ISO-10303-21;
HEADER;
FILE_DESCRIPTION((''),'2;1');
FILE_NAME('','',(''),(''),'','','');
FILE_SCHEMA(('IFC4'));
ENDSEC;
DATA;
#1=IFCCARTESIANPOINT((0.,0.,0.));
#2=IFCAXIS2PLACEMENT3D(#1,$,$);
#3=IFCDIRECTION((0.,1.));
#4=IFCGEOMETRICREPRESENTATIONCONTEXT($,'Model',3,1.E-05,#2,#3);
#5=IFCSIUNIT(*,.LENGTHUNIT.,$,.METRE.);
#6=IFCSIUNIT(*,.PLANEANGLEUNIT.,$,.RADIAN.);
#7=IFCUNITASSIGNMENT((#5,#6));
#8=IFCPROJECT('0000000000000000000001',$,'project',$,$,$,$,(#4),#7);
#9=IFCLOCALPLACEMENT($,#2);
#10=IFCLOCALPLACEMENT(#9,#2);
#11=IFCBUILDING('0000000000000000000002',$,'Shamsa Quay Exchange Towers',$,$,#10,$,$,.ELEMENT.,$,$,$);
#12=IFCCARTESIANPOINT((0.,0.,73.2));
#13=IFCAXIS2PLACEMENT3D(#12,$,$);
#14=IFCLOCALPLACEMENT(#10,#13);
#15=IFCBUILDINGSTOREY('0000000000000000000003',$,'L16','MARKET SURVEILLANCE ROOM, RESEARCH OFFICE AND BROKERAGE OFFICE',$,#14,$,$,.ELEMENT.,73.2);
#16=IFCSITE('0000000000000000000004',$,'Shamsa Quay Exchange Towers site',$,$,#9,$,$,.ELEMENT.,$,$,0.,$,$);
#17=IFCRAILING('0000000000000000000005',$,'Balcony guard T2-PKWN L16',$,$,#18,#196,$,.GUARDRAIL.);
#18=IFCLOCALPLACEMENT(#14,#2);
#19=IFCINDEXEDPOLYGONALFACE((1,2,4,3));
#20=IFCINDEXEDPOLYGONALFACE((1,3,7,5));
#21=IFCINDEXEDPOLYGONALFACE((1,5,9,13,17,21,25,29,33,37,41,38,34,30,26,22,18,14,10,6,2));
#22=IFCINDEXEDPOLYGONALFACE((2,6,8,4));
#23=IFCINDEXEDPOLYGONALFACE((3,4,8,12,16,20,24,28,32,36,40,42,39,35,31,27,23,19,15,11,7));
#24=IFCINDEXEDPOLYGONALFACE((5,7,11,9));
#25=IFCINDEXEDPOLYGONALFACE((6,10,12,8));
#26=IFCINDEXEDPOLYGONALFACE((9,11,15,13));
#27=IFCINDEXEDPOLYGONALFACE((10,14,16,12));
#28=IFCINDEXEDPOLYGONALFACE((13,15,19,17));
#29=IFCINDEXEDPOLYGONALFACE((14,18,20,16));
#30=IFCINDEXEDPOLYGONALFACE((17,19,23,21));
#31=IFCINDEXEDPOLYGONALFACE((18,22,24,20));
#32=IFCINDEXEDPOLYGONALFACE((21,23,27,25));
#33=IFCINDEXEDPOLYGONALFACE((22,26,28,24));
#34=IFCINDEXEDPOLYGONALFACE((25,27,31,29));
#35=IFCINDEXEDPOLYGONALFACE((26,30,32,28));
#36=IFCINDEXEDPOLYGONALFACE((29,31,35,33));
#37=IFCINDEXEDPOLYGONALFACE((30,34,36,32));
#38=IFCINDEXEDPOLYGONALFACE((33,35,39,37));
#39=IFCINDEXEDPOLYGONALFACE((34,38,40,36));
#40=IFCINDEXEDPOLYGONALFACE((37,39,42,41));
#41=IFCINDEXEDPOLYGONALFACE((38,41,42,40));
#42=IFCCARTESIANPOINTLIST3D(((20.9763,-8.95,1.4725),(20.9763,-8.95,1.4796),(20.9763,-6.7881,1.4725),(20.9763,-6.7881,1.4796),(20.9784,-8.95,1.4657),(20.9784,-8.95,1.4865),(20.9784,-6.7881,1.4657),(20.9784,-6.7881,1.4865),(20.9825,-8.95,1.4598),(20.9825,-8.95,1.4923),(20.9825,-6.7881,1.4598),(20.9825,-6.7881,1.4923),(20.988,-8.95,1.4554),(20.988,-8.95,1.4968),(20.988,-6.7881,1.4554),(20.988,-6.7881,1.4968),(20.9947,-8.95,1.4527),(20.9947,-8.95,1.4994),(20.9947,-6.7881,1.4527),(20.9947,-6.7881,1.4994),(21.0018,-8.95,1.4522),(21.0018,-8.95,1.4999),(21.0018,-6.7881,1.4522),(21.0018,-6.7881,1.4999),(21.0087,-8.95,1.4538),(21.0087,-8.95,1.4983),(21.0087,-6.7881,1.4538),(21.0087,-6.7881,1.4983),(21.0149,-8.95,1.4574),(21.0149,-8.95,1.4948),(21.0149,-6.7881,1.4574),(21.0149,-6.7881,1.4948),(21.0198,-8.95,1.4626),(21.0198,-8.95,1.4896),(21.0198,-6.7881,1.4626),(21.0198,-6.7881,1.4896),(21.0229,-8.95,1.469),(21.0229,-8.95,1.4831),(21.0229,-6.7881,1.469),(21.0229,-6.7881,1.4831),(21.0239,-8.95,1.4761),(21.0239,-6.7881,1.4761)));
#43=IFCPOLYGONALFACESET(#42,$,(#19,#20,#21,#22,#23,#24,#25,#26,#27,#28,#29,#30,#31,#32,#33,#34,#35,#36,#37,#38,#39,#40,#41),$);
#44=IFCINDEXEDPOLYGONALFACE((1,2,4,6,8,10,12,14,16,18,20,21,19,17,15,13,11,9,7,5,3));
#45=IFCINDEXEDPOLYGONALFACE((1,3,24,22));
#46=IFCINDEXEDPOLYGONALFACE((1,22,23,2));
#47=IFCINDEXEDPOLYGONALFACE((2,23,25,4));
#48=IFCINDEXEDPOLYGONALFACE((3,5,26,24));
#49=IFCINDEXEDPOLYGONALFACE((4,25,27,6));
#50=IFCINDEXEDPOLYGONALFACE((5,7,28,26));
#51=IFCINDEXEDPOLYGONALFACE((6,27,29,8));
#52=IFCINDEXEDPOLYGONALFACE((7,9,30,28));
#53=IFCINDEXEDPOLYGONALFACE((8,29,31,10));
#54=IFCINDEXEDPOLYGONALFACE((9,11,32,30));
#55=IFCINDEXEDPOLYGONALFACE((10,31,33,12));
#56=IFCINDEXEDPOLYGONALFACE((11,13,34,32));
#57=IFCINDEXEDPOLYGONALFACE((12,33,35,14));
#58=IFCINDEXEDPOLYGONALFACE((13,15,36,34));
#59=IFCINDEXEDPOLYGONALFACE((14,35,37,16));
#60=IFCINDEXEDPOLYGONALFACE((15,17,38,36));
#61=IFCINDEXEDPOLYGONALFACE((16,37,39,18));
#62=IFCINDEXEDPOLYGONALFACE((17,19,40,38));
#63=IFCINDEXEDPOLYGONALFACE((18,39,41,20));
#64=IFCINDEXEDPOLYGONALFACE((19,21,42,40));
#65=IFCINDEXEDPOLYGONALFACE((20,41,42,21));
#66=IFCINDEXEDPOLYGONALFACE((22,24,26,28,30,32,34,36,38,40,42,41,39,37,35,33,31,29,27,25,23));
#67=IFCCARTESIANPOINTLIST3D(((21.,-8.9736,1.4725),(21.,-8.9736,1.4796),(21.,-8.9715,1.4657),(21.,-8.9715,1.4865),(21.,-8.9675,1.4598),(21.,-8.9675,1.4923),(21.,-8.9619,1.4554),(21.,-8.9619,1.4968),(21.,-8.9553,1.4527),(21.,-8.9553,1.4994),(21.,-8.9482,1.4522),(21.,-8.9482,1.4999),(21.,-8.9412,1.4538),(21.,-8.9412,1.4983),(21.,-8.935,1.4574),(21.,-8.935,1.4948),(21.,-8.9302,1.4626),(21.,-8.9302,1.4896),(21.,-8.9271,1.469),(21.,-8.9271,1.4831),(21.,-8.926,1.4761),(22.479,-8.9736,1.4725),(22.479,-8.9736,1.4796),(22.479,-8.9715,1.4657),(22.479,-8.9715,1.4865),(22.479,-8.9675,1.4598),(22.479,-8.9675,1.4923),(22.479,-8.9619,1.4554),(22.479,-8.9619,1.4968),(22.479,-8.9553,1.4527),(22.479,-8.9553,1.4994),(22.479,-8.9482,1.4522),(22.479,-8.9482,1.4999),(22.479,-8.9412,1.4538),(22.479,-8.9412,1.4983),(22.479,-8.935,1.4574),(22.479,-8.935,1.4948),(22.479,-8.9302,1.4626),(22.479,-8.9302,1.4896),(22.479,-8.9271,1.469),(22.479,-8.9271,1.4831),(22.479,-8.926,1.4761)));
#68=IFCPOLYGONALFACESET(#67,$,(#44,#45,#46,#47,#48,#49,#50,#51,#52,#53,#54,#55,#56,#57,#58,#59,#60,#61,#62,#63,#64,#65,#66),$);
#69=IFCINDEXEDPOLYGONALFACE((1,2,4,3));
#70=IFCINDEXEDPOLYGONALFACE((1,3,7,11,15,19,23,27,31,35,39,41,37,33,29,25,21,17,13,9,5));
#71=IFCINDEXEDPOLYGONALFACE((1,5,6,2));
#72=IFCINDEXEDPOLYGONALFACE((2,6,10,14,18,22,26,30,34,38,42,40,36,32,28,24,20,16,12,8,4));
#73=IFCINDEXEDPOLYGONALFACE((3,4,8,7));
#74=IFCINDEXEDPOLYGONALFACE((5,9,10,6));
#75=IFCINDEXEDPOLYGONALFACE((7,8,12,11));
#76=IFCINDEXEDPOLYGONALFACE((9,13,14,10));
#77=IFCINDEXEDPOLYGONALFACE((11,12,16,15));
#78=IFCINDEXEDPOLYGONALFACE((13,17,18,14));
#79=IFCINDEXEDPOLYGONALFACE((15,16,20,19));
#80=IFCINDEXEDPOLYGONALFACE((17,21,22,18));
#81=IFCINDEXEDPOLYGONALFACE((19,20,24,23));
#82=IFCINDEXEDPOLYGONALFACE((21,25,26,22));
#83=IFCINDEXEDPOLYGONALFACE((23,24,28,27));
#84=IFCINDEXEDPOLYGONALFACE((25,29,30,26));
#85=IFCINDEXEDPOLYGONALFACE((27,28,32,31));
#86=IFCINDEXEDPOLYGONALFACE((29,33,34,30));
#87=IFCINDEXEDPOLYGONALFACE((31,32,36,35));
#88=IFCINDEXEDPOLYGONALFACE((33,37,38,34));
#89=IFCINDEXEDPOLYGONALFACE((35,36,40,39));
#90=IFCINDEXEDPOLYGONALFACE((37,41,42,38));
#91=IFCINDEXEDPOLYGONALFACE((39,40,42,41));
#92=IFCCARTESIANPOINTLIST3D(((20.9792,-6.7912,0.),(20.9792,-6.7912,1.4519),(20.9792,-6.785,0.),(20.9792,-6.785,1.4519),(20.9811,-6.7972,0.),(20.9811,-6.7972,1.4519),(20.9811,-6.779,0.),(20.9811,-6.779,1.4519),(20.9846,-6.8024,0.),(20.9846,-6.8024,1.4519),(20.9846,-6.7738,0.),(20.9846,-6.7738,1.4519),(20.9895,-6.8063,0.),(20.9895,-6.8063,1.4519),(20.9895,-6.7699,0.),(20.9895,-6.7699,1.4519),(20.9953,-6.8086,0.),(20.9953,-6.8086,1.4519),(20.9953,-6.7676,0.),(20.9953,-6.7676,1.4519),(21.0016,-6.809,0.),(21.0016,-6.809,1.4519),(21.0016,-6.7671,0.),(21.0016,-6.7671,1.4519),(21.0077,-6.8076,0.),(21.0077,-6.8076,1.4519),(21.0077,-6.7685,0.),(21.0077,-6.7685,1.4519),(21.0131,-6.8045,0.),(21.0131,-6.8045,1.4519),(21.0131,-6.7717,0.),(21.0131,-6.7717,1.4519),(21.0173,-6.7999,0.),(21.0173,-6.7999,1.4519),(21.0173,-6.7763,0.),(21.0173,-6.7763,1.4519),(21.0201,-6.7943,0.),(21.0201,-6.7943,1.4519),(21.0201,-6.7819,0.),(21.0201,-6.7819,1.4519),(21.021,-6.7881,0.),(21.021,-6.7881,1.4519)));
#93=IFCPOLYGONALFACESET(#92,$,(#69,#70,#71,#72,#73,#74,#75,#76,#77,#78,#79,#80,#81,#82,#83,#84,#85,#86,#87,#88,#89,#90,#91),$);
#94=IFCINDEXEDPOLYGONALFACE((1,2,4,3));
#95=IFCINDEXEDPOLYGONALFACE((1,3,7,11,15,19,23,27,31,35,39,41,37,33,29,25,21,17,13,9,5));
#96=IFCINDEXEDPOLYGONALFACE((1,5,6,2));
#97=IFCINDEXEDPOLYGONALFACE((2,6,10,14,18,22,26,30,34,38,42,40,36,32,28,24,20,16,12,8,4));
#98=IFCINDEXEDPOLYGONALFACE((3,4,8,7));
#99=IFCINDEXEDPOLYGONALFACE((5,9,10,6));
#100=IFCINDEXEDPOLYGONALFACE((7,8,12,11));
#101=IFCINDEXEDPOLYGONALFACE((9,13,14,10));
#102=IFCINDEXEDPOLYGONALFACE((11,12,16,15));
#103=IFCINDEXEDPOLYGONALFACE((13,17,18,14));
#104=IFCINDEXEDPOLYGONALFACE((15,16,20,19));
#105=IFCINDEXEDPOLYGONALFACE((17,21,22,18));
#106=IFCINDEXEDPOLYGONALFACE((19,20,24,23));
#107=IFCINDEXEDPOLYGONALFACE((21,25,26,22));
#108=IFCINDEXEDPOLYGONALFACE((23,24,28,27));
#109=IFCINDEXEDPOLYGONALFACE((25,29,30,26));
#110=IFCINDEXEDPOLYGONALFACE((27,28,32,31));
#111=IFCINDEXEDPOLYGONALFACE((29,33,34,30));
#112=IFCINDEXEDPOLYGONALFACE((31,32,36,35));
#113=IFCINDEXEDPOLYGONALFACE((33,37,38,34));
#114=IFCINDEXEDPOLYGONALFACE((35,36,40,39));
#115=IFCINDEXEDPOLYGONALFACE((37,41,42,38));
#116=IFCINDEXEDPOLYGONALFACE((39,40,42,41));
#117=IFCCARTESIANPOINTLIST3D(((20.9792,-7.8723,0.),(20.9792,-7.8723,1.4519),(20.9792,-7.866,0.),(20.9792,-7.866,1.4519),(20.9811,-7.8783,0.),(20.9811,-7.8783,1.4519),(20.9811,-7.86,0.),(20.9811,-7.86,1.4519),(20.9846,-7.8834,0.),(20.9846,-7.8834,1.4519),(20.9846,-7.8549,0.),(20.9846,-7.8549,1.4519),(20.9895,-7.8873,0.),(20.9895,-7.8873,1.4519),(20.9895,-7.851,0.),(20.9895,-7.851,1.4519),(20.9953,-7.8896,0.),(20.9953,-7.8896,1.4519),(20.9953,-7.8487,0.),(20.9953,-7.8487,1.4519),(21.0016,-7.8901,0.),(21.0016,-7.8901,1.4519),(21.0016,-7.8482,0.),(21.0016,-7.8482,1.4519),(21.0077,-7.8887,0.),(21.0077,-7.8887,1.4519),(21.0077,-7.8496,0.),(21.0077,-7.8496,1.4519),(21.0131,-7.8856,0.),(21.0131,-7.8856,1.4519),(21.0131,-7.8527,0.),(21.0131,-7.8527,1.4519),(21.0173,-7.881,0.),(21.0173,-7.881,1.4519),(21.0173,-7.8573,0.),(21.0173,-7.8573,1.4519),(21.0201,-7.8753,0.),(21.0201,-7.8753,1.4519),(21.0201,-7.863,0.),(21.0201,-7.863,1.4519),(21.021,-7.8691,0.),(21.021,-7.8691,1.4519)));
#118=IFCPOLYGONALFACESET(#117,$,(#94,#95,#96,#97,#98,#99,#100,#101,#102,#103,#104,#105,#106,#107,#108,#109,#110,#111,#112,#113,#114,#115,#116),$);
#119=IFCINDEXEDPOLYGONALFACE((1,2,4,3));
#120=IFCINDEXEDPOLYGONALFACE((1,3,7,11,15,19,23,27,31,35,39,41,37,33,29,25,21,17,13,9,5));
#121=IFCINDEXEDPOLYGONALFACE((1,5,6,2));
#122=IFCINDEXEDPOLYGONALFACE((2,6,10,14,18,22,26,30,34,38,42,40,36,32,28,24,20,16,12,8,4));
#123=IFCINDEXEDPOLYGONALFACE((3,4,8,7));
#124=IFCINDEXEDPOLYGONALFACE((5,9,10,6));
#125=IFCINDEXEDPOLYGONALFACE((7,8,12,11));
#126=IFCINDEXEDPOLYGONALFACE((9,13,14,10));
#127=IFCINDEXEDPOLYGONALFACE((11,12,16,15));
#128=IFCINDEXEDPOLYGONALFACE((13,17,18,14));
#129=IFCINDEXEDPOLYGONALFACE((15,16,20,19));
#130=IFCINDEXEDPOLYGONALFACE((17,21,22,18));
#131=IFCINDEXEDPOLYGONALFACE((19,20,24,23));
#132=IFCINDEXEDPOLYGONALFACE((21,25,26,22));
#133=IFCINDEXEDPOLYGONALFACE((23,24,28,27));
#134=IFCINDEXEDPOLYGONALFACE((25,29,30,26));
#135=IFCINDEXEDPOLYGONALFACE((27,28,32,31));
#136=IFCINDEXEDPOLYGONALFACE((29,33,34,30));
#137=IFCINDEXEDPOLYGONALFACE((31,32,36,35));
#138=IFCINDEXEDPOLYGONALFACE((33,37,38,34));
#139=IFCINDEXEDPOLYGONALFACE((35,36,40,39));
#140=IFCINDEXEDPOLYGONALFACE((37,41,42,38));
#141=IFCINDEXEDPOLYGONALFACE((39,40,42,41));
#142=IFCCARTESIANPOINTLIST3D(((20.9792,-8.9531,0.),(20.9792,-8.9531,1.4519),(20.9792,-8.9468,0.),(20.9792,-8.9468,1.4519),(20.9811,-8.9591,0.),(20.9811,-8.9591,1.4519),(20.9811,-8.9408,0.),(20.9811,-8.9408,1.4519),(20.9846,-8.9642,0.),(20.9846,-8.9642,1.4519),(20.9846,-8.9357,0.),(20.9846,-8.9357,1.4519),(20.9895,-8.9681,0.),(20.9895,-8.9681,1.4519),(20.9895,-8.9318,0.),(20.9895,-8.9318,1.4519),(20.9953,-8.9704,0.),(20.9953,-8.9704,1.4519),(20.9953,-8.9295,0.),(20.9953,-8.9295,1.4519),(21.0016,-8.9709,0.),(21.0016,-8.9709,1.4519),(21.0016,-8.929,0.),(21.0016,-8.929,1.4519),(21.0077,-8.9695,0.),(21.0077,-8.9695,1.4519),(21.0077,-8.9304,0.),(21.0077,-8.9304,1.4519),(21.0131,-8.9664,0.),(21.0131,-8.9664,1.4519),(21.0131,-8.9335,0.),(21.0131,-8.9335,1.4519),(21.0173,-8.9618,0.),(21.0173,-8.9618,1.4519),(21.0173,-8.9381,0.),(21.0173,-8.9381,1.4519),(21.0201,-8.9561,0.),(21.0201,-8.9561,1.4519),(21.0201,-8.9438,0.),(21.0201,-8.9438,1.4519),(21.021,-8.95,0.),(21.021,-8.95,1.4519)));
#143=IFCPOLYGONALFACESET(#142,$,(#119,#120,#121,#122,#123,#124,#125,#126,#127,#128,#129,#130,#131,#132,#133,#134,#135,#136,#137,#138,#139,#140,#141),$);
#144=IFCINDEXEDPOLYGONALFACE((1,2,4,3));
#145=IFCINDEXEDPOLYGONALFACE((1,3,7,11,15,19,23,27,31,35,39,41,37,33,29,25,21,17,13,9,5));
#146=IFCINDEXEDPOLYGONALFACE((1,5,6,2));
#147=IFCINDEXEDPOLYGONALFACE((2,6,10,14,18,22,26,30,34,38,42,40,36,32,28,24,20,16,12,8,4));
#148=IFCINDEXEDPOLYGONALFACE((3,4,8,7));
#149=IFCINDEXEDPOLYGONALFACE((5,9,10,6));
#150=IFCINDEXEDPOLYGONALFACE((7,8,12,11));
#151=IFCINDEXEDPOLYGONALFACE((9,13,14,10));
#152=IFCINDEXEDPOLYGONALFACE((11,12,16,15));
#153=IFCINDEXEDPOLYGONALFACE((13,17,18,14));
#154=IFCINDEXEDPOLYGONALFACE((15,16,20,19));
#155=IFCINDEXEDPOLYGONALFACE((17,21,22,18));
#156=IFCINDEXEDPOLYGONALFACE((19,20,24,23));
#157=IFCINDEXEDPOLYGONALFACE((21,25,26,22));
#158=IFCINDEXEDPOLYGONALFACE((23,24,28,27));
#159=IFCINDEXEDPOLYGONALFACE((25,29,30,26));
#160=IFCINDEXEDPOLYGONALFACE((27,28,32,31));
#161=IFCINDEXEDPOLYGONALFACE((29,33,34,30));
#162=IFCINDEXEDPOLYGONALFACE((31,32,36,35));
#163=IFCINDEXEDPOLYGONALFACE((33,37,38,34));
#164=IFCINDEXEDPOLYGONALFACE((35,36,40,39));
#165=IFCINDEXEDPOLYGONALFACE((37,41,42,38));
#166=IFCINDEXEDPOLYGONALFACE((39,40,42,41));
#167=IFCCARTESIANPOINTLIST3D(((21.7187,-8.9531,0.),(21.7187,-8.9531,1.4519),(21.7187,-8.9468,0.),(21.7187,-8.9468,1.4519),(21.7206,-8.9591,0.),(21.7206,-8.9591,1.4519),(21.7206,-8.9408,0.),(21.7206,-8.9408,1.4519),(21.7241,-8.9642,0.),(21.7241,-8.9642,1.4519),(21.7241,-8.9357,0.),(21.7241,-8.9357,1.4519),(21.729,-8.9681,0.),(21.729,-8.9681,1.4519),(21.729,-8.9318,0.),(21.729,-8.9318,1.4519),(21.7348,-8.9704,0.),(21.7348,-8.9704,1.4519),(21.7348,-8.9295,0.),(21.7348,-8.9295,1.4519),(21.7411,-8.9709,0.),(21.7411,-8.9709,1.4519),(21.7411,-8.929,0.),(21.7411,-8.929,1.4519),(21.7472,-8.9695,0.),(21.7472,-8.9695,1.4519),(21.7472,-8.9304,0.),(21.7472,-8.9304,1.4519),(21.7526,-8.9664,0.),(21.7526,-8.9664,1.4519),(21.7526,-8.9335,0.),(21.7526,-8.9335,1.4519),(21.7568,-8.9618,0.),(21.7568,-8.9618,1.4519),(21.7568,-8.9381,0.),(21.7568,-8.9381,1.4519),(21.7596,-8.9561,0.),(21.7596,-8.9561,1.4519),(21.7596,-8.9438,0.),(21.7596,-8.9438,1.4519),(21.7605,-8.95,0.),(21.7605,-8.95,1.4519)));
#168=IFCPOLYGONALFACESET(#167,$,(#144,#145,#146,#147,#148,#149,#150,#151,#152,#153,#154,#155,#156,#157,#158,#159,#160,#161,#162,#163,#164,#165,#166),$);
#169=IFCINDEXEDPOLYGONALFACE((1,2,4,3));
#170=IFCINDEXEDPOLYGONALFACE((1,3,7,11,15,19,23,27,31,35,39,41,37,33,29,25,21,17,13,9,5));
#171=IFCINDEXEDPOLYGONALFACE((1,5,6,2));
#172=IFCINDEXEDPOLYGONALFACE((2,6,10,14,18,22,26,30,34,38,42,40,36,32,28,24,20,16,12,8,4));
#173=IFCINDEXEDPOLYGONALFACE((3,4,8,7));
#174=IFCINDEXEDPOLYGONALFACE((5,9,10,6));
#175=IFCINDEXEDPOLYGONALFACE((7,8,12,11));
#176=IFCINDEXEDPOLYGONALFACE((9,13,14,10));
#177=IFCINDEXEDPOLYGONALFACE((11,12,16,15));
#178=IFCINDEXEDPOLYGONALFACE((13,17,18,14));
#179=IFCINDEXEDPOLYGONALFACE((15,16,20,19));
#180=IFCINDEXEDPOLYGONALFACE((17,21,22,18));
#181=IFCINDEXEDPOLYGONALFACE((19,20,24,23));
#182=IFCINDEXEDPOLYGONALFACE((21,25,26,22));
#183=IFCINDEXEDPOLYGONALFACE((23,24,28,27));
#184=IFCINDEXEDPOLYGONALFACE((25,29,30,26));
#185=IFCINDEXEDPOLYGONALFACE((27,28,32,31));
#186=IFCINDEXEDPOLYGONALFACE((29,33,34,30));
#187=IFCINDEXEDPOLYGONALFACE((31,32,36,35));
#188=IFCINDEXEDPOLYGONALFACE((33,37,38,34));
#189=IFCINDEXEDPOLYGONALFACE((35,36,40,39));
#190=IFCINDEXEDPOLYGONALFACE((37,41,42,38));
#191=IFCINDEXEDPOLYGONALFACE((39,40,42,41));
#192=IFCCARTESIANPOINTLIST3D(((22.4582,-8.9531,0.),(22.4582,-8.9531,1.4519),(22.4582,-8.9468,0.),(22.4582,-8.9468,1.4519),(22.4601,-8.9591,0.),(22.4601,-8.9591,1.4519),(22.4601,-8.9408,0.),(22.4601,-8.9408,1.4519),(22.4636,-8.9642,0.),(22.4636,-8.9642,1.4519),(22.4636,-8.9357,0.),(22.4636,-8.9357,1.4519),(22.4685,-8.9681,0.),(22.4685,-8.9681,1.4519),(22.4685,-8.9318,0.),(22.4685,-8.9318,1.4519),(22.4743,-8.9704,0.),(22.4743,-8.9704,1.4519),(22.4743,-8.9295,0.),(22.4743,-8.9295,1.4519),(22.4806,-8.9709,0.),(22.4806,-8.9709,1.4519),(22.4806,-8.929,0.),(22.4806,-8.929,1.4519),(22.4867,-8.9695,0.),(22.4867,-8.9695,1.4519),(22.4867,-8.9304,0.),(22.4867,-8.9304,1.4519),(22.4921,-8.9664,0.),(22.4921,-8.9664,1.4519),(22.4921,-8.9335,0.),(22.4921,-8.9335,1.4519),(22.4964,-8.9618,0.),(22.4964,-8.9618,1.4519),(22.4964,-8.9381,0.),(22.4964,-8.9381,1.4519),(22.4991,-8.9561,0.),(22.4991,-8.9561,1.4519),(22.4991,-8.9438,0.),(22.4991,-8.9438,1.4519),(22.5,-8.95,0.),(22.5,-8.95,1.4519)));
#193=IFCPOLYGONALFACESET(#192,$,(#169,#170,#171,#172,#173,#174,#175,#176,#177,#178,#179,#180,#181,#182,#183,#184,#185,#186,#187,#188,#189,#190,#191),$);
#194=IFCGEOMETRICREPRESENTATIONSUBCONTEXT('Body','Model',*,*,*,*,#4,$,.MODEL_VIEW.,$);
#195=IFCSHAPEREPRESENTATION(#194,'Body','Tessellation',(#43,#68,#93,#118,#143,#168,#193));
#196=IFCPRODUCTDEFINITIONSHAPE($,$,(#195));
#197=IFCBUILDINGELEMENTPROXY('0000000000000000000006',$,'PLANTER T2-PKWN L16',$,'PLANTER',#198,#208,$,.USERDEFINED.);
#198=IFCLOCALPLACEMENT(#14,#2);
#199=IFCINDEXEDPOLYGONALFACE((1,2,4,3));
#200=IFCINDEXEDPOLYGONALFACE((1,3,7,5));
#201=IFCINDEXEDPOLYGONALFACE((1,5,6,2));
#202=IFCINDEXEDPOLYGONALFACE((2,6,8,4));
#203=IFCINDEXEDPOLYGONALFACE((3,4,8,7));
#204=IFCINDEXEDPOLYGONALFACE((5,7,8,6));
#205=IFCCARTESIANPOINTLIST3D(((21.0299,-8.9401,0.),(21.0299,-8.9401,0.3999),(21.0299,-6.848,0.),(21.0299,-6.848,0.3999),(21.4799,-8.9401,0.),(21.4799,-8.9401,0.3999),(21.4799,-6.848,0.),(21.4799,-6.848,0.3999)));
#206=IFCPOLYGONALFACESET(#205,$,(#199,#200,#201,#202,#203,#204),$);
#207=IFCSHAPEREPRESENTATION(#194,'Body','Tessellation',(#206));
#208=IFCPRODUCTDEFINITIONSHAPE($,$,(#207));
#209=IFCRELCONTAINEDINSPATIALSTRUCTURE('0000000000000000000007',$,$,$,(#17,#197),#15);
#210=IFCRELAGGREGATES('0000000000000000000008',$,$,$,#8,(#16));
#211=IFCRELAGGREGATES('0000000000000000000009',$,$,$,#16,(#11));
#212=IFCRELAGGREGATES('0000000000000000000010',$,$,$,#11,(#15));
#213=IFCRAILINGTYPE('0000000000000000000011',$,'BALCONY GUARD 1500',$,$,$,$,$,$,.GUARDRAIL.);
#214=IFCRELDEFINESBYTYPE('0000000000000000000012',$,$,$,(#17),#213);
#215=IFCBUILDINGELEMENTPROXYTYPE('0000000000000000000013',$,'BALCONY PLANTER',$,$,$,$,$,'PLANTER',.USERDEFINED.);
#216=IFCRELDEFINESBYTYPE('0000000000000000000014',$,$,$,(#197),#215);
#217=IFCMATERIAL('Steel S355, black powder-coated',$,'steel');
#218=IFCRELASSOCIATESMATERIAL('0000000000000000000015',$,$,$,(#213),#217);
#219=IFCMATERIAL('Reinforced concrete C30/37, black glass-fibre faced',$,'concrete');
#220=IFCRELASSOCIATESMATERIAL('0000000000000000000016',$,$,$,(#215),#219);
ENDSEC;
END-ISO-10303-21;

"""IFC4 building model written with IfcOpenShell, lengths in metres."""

from ifc_helpers import new_model, si_unit, direction, frame, origin, origin_2d, place, context, subcontext, project, spatial, rectangle, circle, extrude, material, type_object, element, save


model = new_model("IFC4")

# Units and contexts
model_context = context("Model", 3, precision=1e-05, world=origin(), true_north=direction((0.0, 1.0)))
body_context = subcontext(model_context, "Body", "Model", "MODEL_VIEW")
ifc_project = project(units=[si_unit("LENGTHUNIT", "METRE"), si_unit("PLANEANGLEUNIT", "RADIAN")], contexts=[model_context])

# Site, building, storey
site_placement = place(None, origin())
site = spatial("IfcSite", under=ifc_project, at=site_placement, Name="Shamsa Quay Exchange Towers site", CompositionType="ELEMENT", RefElevation=0.0)
building_placement = place(site_placement, origin())
building = spatial("IfcBuilding", under=site, at=building_placement, Name="Shamsa Quay Exchange Towers", CompositionType="ELEMENT")
storey_placement = place(building_placement, frame((0.0, 0.0, 73.2)))
storey = spatial("IfcBuildingStorey", under=building, at=storey_placement, Name="L16", Description="MARKET SURVEILLANCE ROOM, RESEARCH OFFICE AND BROKERAGE OFFICE", CompositionType="ELEMENT", Elevation=73.2)

# Railing
ifc_material_1 = material(Name="Steel S355, black powder-coated", Category="steel")
railing_type_1 = type_object("IfcRailingType", Name="BALCONY GUARD 1500", PredefinedType="GUARDRAIL", material=ifc_material_1)
railing_1_placement = place(storey_placement, frame((21.0, -6.7881, 0.0)))
element("IfcRailing", 1, at=railing_1_placement, inside=storey, type_object=railing_type_1, Name="Balcony guard T2-PKWN L16", PredefinedType="GUARDRAIL", context=body_context, shape_type="SweptSolid", body=[
    extrude(circle(Radius=0.0239, at=origin_2d()), frame((0.0, 0.0, 1.4761), z_axis=(0.0, -1.0, 0.0), x_axis=(1.0, 0.0, 0.0)), (0.0, 0.0, 1.0), 2.1619),
    extrude(circle(Radius=0.0239, at=origin_2d()), frame((0.0, -2.1619, 1.4761), z_axis=(1.0, 0.0, 0.0), x_axis=(0.0, 1.0, 0.0)), (0.0, 0.0, 1.0), 1.479),
    extrude(circle(Radius=0.021, at=origin_2d()), origin(), (0.0, 0.0, 1.0), 1.4519),
    extrude(circle(Radius=0.021, at=origin_2d()), frame((0.0, -1.0811, 0.0)), (0.0, 0.0, 1.0), 1.4519),
    extrude(circle(Radius=0.021, at=origin_2d()), frame((0.0, -2.1619, 0.0)), (0.0, 0.0, 1.0), 1.4519),
    extrude(circle(Radius=0.021, at=origin_2d()), frame((0.7395, -2.1619, 0.0)), (0.0, 0.0, 1.0), 1.4519),
    extrude(circle(Radius=0.021, at=origin_2d()), frame((1.479, -2.1619, 0.0)), (0.0, 0.0, 1.0), 1.4519),
])

# Building element proxy
ifc_material_2 = material(Name="Reinforced concrete C30/37, black glass-fibre faced", Category="concrete")
building_element_proxy_type = type_object("IfcBuildingElementProxyType", Name="BALCONY PLANTER", ElementType="PLANTER", PredefinedType="USERDEFINED", material=ifc_material_2)
proxy_placement = place(storey_placement, frame((21.2549, -7.894, 0.0), z_axis=(0.0, 0.0, 1.0), x_axis=(0.0, -1.0, 0.0)))
element("IfcBuildingElementProxy", 2, at=proxy_placement, inside=storey, type_object=building_element_proxy_type, Name="PLANTER T2-PKWN L16", ObjectType="PLANTER", PredefinedType="USERDEFINED", context=body_context, shape_type="SweptSolid", body=[
    extrude(rectangle(XDim=2.092, YDim=0.45, at=origin_2d()), origin(), (0.0, 0.0, 1.0), 0.3999),
])

save(model, "model.ifc")
